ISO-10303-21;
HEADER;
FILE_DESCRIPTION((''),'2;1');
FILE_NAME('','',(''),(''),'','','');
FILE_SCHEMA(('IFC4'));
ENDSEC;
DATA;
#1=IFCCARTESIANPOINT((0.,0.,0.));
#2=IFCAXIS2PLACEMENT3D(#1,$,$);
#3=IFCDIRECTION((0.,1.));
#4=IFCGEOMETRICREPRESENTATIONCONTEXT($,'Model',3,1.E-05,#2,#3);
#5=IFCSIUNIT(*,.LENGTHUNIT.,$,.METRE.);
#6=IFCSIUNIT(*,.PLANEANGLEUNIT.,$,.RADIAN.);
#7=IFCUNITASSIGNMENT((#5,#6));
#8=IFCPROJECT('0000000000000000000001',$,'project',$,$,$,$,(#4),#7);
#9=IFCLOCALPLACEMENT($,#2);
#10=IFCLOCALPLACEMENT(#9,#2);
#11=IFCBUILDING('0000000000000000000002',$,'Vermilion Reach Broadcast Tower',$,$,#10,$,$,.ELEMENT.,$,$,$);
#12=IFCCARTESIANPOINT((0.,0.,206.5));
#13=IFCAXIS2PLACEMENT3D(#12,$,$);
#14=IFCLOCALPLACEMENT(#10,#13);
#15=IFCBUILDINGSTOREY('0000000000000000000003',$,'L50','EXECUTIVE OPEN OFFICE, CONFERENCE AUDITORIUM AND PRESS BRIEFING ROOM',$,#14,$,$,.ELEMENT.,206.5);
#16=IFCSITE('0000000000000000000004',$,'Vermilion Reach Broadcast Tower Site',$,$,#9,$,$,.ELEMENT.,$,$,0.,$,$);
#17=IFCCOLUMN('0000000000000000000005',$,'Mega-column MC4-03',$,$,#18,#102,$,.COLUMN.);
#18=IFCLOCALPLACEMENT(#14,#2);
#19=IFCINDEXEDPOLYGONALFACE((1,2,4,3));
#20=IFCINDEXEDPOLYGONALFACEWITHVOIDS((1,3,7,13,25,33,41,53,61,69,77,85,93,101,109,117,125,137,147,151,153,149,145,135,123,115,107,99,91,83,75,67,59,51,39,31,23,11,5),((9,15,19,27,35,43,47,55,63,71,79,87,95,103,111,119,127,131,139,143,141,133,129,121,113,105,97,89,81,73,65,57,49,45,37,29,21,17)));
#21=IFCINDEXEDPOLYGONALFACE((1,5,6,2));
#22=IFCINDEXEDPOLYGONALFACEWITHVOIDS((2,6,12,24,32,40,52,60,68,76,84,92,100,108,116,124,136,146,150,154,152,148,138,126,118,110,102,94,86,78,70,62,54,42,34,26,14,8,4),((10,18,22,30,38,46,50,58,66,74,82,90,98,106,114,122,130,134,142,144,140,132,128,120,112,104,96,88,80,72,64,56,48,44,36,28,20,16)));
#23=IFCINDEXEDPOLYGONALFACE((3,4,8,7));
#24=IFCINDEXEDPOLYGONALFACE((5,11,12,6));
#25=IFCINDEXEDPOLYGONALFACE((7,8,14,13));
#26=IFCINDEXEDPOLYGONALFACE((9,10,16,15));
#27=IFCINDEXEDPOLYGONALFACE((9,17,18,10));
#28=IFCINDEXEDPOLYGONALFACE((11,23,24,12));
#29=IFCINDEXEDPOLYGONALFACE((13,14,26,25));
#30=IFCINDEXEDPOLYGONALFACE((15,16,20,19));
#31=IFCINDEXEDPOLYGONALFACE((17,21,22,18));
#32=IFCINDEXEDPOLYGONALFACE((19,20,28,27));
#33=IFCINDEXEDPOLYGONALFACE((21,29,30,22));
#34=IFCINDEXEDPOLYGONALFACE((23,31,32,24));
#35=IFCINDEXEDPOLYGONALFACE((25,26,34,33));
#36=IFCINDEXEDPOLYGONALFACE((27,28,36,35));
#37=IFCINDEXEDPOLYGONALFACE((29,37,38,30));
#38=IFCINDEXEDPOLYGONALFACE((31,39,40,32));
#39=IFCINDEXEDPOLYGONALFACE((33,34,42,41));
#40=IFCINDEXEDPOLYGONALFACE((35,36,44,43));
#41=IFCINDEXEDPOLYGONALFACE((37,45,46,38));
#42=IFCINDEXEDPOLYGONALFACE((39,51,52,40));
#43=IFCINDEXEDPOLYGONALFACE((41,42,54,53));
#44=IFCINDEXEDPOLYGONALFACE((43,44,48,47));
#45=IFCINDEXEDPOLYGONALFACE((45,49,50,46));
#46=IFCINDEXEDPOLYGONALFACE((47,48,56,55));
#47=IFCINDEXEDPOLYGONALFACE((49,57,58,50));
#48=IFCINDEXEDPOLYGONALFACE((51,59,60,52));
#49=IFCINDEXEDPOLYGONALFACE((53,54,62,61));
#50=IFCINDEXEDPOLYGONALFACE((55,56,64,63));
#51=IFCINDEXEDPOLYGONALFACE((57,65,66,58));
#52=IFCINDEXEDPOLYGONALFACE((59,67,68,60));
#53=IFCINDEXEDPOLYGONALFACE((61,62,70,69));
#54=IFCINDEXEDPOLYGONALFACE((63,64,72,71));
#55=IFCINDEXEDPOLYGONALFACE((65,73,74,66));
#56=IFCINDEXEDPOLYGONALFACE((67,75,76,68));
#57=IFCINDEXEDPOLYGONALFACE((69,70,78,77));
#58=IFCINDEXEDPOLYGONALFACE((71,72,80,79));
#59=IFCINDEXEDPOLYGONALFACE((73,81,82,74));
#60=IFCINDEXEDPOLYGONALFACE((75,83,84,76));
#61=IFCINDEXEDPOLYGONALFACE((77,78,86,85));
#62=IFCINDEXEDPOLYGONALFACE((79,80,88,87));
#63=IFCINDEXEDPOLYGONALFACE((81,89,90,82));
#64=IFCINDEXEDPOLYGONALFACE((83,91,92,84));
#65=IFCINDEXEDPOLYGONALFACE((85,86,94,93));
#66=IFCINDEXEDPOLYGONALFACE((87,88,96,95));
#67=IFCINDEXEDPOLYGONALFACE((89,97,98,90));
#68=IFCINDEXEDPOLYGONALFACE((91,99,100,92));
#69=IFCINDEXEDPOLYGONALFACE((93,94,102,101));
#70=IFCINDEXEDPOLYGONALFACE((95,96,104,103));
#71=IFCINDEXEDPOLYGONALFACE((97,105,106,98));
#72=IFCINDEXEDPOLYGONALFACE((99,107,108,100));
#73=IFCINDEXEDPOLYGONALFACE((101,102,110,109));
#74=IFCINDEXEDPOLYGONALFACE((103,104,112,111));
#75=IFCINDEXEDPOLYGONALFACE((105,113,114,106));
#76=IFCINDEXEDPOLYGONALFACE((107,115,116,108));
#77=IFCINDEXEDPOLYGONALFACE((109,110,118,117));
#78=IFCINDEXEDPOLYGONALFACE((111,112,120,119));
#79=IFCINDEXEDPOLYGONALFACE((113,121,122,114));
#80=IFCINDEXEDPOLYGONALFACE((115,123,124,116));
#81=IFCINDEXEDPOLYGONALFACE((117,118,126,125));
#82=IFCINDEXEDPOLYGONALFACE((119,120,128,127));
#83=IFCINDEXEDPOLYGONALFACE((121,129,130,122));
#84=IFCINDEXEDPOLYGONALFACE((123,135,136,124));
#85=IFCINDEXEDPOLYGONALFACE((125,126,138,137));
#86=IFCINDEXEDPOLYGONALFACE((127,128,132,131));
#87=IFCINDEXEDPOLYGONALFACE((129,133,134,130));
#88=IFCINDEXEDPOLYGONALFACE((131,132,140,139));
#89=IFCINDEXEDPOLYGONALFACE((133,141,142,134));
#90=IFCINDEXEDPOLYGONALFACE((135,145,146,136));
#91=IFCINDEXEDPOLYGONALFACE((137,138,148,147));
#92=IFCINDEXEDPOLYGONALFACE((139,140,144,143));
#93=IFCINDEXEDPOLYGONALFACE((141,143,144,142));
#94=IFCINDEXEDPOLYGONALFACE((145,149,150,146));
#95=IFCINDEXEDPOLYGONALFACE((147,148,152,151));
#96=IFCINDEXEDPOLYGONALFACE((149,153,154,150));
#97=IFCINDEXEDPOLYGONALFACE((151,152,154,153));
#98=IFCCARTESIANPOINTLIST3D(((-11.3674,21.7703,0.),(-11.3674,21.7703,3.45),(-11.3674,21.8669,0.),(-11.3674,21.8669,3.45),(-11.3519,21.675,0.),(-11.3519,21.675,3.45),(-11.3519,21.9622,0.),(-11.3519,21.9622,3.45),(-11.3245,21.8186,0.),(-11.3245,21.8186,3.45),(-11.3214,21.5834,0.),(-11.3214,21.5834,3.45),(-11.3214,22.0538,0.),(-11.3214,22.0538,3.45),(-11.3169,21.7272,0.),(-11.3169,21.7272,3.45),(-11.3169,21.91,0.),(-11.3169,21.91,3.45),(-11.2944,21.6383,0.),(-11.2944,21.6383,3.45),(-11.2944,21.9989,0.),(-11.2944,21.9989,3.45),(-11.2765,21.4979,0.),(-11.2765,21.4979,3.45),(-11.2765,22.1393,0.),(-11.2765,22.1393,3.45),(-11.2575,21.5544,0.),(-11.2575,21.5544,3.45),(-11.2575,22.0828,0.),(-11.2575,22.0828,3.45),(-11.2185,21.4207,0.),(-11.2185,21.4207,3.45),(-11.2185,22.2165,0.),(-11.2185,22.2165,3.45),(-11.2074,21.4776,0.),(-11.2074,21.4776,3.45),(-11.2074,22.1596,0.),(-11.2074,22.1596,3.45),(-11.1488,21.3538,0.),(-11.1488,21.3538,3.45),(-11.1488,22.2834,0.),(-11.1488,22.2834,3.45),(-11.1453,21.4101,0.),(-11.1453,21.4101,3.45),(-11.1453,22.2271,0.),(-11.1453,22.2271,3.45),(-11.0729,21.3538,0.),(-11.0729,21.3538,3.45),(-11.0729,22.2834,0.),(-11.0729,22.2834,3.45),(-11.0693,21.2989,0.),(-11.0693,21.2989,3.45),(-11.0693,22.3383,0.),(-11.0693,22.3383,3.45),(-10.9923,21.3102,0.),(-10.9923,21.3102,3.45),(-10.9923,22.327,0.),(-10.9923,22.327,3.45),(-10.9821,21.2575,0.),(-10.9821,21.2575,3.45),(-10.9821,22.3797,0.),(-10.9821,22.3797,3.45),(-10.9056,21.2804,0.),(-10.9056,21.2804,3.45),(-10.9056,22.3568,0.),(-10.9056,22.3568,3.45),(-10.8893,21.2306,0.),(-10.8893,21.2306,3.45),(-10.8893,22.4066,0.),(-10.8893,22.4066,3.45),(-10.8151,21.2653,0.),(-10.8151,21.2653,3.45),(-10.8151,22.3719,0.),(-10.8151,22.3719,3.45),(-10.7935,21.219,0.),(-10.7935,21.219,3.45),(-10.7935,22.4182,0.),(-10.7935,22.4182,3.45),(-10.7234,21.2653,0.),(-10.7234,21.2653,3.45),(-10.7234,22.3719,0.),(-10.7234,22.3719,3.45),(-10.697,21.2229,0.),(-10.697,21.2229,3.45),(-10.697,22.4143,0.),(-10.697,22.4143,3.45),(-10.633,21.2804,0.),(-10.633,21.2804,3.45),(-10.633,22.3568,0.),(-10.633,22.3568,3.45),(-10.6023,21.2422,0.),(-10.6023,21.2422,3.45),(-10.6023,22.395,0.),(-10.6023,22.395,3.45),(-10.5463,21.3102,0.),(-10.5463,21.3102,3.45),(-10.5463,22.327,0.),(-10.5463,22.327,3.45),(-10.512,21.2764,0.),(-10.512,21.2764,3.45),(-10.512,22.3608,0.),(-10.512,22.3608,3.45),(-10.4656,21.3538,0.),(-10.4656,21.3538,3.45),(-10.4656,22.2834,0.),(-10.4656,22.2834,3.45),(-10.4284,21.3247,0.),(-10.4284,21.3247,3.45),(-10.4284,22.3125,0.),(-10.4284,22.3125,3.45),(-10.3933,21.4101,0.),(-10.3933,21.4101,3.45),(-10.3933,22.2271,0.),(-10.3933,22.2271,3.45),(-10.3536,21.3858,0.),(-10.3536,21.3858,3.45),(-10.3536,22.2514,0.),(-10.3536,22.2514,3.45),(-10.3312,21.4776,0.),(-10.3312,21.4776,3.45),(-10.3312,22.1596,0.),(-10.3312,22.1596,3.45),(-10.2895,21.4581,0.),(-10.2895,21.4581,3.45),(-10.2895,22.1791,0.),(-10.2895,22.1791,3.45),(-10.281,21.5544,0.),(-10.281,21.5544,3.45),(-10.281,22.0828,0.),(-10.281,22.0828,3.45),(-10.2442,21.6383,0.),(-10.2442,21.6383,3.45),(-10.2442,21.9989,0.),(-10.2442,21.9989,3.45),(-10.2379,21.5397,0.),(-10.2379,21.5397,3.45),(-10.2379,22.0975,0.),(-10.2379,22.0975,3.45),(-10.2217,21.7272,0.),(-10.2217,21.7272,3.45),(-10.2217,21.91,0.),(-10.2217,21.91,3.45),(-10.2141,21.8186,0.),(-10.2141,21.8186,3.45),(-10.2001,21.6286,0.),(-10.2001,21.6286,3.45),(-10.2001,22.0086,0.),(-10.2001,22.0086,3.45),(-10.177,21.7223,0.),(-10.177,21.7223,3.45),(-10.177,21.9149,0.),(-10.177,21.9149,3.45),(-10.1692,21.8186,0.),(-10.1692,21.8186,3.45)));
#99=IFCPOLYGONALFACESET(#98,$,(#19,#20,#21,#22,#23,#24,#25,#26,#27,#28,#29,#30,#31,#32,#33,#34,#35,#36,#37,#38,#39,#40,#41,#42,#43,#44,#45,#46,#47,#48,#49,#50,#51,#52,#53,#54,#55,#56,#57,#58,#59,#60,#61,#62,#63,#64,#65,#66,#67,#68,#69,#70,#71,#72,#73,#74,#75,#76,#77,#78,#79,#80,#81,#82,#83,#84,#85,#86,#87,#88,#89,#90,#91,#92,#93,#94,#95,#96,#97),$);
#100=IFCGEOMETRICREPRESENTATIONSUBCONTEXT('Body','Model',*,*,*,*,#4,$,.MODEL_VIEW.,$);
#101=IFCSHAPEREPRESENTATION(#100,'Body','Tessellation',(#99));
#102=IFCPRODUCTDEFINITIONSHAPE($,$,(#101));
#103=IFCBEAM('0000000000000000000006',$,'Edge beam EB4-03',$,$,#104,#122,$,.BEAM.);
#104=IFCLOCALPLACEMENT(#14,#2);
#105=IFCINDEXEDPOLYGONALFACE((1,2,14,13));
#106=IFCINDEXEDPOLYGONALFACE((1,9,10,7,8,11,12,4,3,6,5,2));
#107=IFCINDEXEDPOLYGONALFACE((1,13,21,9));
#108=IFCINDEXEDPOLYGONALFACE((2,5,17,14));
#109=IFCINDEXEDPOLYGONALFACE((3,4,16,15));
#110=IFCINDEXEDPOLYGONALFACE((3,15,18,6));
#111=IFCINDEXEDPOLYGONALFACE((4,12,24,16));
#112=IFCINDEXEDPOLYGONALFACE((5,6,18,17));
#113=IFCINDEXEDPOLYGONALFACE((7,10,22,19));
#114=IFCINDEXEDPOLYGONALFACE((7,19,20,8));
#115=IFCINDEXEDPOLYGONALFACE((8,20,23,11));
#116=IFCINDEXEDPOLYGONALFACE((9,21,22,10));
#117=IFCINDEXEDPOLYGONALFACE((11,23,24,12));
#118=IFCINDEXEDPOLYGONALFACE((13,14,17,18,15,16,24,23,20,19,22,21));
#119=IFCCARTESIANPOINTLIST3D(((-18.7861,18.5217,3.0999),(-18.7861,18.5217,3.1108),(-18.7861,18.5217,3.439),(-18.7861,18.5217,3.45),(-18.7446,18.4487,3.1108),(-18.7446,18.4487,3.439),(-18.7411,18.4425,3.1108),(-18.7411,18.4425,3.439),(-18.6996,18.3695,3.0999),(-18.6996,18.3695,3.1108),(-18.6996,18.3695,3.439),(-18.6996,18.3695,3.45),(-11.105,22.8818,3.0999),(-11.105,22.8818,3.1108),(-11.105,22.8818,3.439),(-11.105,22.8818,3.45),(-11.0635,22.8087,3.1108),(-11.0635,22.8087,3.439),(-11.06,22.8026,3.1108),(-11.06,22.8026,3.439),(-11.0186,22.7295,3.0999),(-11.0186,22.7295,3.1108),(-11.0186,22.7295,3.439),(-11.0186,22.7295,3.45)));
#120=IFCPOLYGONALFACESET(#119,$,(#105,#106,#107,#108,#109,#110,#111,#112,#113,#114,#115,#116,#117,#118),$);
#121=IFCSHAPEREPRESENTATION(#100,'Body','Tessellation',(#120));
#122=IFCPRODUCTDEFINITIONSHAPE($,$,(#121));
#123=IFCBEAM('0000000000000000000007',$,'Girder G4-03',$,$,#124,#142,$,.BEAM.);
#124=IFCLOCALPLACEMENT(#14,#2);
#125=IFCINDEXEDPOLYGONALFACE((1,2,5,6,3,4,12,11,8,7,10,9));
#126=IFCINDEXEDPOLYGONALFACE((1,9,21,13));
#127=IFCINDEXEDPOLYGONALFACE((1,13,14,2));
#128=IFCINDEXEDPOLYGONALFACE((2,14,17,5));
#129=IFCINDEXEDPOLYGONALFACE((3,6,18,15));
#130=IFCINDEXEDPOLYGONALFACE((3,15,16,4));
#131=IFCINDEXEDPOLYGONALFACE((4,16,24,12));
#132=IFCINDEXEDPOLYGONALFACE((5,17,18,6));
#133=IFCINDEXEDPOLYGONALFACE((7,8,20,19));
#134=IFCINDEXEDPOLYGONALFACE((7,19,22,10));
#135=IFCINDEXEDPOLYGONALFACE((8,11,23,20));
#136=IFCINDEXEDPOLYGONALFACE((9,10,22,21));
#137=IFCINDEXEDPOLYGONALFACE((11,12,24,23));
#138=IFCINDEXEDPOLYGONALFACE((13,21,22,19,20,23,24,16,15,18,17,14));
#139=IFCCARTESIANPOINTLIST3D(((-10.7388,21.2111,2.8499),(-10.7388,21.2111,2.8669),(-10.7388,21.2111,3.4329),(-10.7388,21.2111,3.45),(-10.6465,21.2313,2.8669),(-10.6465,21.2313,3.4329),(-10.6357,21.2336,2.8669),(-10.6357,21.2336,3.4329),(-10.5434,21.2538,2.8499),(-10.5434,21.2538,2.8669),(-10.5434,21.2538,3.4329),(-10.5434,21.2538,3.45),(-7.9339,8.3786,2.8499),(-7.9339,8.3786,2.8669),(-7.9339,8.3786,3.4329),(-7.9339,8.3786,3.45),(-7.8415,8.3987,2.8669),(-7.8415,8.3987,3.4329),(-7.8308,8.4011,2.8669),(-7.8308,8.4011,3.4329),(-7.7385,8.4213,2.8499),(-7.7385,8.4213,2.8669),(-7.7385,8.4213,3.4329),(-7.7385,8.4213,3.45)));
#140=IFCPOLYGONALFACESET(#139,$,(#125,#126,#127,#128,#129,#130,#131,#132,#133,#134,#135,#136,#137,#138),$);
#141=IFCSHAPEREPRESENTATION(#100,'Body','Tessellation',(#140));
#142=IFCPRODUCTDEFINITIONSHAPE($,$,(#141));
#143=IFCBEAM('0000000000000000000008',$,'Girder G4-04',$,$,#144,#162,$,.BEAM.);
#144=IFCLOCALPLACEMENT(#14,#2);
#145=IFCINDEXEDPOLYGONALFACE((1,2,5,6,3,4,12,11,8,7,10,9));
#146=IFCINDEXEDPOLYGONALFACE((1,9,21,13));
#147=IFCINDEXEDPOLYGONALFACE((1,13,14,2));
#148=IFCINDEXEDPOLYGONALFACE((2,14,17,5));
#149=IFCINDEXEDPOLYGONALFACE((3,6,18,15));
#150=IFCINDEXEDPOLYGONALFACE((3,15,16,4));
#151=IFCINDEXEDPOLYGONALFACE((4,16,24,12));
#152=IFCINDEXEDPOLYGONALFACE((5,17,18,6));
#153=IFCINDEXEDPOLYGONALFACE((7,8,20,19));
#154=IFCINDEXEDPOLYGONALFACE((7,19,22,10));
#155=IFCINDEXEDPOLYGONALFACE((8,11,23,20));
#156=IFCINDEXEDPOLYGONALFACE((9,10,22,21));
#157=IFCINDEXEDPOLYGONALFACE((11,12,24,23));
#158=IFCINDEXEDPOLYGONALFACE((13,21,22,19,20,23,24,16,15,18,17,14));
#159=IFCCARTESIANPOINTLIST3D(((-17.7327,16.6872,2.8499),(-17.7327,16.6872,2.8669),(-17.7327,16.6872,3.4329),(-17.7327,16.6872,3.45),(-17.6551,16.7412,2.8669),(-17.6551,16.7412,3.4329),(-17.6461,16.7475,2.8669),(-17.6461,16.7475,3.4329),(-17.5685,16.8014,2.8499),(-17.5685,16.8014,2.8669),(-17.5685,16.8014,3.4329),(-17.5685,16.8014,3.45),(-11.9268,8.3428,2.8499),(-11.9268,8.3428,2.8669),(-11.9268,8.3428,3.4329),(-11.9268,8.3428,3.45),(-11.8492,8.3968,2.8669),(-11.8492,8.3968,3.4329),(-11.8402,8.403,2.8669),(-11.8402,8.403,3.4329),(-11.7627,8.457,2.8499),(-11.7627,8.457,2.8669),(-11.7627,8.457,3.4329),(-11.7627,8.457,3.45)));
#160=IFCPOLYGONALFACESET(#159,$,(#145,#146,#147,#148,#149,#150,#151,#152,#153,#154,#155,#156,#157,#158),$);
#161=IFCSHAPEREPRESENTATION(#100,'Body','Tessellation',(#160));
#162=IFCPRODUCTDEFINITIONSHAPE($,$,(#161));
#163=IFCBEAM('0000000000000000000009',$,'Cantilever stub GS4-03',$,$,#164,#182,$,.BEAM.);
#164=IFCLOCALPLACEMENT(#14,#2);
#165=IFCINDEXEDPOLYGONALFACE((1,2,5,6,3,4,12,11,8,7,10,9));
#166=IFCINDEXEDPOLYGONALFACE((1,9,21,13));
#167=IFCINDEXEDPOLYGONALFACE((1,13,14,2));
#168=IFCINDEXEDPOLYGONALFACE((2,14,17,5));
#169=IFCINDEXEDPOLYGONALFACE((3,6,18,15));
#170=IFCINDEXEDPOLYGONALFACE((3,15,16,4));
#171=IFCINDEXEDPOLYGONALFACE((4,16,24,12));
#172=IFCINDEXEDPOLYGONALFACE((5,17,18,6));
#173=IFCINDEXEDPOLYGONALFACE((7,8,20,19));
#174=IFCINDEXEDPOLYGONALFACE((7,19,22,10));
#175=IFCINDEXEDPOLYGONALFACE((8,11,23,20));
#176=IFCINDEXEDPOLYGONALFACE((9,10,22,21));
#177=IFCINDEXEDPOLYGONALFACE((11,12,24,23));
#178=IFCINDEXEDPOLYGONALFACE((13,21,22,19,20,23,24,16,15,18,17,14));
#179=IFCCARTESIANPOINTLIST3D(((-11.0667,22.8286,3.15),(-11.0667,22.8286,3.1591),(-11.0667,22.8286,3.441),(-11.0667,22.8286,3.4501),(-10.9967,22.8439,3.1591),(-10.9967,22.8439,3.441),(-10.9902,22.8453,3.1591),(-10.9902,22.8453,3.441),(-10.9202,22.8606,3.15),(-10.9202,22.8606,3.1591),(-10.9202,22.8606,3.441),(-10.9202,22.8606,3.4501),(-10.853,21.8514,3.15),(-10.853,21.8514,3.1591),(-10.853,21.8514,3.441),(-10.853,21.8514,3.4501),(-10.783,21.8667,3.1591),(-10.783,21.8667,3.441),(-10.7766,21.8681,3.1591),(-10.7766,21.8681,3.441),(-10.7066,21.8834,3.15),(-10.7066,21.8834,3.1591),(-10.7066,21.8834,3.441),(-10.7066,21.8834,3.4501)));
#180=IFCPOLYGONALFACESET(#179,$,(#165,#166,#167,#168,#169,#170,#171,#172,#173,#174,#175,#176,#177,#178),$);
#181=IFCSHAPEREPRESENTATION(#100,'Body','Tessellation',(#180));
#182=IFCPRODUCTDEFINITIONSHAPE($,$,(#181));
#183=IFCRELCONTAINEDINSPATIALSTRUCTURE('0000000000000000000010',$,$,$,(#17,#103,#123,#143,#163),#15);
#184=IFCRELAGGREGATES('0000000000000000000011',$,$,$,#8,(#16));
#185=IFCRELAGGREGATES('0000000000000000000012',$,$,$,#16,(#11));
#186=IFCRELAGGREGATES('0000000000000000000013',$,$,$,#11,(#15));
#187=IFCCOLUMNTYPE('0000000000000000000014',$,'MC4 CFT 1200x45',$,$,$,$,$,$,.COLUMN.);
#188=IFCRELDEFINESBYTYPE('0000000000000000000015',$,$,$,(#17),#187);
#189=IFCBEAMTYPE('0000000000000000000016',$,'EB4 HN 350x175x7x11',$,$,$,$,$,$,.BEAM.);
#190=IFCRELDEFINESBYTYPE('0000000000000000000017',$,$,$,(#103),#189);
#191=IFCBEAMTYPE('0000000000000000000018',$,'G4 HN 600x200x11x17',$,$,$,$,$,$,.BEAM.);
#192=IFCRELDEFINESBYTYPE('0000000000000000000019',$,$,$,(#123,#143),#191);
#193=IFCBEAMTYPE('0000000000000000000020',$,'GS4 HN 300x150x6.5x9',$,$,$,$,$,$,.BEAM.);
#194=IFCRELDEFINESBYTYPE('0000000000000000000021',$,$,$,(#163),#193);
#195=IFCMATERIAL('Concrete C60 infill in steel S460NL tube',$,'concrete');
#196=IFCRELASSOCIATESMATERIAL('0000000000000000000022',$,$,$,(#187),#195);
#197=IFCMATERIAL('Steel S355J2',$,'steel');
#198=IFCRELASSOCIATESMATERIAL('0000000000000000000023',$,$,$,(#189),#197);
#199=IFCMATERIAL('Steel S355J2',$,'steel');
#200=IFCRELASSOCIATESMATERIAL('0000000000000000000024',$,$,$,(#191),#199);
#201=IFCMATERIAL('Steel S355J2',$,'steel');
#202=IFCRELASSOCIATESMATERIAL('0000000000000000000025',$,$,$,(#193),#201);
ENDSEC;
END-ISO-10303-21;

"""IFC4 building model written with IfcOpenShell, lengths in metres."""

from ifc_helpers import new_model, si_unit, direction, frame, origin, origin_2d, place, context, subcontext, project, spatial, hollow_circle, i_section, extrude, material, material_profile, profile_set, type_object, element, save


model = new_model("IFC4")

# Units and contexts
model_context = context("Model", 3, precision=1e-05, world=origin(), true_north=direction((0.0, 1.0)))
body_context = subcontext(model_context, "Body", "Model", "MODEL_VIEW")
ifc_project = project(units=[si_unit("LENGTHUNIT", "METRE"), si_unit("PLANEANGLEUNIT", "RADIAN")], contexts=[model_context])

# Site, building, storey
site_placement = place(None, origin())
site = spatial("IfcSite", under=ifc_project, at=site_placement, Name="Vermilion Reach Broadcast Tower Site", CompositionType="ELEMENT", RefElevation=0.0)
building_placement = place(site_placement, origin())
building = spatial("IfcBuilding", under=site, at=building_placement, Name="Vermilion Reach Broadcast Tower", CompositionType="ELEMENT")
storey_placement = place(building_placement, frame((0.0, 0.0, 206.5)))
storey = spatial("IfcBuildingStorey", under=building, at=storey_placement, Name="L50", Description="EXECUTIVE OPEN OFFICE, CONFERENCE AUDITORIUM AND PRESS BRIEFING ROOM", CompositionType="ELEMENT", Elevation=206.5)

# Column
ifc_material_1 = material(Name="Concrete C60 infill in steel S460NL tube", Category="concrete")
ifc_material_profile_1 = material_profile(ifc_material_1, hollow_circle(Radius=0.6001, WallThickness=0.0449, at=origin_2d()), Name="Concrete C60 infill in steel S460NL tube CFT 1200x45")
ifc_profile_set_1 = profile_set([ifc_material_profile_1], Name="Concrete C60 infill in steel S460NL tube")
column_type = type_object("IfcColumnType", Name="MC4 CFT 1200x45", PredefinedType="COLUMN", material=ifc_profile_set_1)
column_placement = place(storey_placement, frame((-10.7693, 21.8186, 0.0), z_axis=(0.0, 0.0, 1.0), x_axis=(1.0, 0.0, 0.0)))
element("IfcColumn", 1, at=column_placement, inside=storey, type_object=column_type, Name="Mega-column MC4-03", PredefinedType="COLUMN", context=body_context, shape_type="SweptSolid", body=[
    extrude(hollow_circle(Radius=0.6001, WallThickness=0.0449, at=origin_2d()), origin(), (0.0, 0.0, 1.0), 3.45),
])

# Beams
ifc_material_2 = material(Name="Steel S355J2", Category="steel")
ifc_material_profile_2 = material_profile(ifc_material_2, i_section(OverallWidth=0.175, OverallDepth=0.3501, WebThickness=0.0071, FlangeThickness=0.011, at=origin_2d()), Name="S355J2 HN 350x175x7x11")
ifc_profile_set_2 = profile_set([ifc_material_profile_2], Name="Steel S355J2")
beam_type_1 = type_object("IfcBeamType", Name="EB4 HN 350x175x7x11", PredefinedType="BEAM", material=ifc_profile_set_2)
beam_1_placement = place(storey_placement, frame((-11.0618, 22.8057, 3.2749), z_axis=(-0.86966, -0.493651, 0.0), x_axis=(0.493651, -0.86966, 0.0)))
element("IfcBeam", 2, at=beam_1_placement, inside=storey, type_object=beam_type_1, Name="Edge beam EB4-03", PredefinedType="BEAM", context=body_context, shape_type="SweptSolid", body=[
    extrude(i_section(OverallWidth=0.175, OverallDepth=0.3501, WebThickness=0.0071, FlangeThickness=0.011, at=origin_2d()), origin(), (0.0, 0.0, 1.0), 8.8323),
])
ifc_material_3 = material(Name="Steel S355J2", Category="steel")
ifc_material_profile_3 = material_profile(ifc_material_3, i_section(OverallWidth=0.2, OverallDepth=0.6001, WebThickness=0.011, FlangeThickness=0.0171, at=origin_2d()), Name="S355J2 HN 600x200x11x17")
ifc_profile_set_3 = profile_set([ifc_material_profile_3], Name="Steel S355J2")
beam_type_2 = type_object("IfcBeamType", Name="G4 HN 600x200x11x17", PredefinedType="BEAM", material=ifc_profile_set_3)
beam_2_placement = place(storey_placement, frame((-7.8362, 8.3999, 3.1499), z_axis=(-0.213538, 0.976935, 0.0), x_axis=(-0.976935, -0.213538, 0.0)))
element("IfcBeam", 3, at=beam_2_placement, inside=storey, type_object=beam_type_2, Name="Girder G4-03", PredefinedType="BEAM", context=body_context, shape_type="SweptSolid", body=[
    extrude(i_section(OverallWidth=0.2, OverallDepth=0.6001, WebThickness=0.011, FlangeThickness=0.0171, at=origin_2d()), origin(), (0.0, 0.0, 1.0), 13.1355),
])
beam_3_placement = place(storey_placement, frame((-11.8447, 8.3999, 3.1499), z_axis=(-0.571134, 0.820857, 0.0), x_axis=(-0.820857, -0.571134, 0.0)))
element("IfcBeam", 4, at=beam_3_placement, inside=storey, type_object=beam_type_2, Name="Girder G4-04", PredefinedType="BEAM", context=body_context, shape_type="SweptSolid", body=[
    extrude(i_section(OverallWidth=0.2, OverallDepth=0.6001, WebThickness=0.011, FlangeThickness=0.0171, at=origin_2d()), origin(), (0.0, 0.0, 1.0), 10.1655),
])
ifc_material_4 = material(Name="Steel S355J2", Category="steel")
ifc_material_profile_4 = material_profile(ifc_material_4, i_section(OverallWidth=0.1499, OverallDepth=0.3, WebThickness=0.0066, FlangeThickness=0.009, at=origin_2d()), Name="S355J2 HN 300x150x6.5x9")
ifc_profile_set_4 = profile_set([ifc_material_profile_4], Name="Steel S355J2")
beam_type_3 = type_object("IfcBeamType", Name="GS4 HN 300x150x6.5x9", PredefinedType="BEAM", material=ifc_profile_set_4)
beam_4_placement = place(storey_placement, frame((-10.7798, 21.8674, 3.3), z_axis=(-0.213595, 0.976922, 0.0), x_axis=(-0.976922, -0.213595, 0.0)))
element("IfcBeam", 5, at=beam_4_placement, inside=storey, type_object=beam_type_3, Name="Cantilever stub GS4-03", PredefinedType="BEAM", context=body_context, shape_type="SweptSolid", body=[
    extrude(i_section(OverallWidth=0.1499, OverallDepth=0.3, WebThickness=0.0066, FlangeThickness=0.009, at=origin_2d()), origin(), (0.0, 0.0, 1.0), 1.0002),
])

save(model, "model.ifc")
